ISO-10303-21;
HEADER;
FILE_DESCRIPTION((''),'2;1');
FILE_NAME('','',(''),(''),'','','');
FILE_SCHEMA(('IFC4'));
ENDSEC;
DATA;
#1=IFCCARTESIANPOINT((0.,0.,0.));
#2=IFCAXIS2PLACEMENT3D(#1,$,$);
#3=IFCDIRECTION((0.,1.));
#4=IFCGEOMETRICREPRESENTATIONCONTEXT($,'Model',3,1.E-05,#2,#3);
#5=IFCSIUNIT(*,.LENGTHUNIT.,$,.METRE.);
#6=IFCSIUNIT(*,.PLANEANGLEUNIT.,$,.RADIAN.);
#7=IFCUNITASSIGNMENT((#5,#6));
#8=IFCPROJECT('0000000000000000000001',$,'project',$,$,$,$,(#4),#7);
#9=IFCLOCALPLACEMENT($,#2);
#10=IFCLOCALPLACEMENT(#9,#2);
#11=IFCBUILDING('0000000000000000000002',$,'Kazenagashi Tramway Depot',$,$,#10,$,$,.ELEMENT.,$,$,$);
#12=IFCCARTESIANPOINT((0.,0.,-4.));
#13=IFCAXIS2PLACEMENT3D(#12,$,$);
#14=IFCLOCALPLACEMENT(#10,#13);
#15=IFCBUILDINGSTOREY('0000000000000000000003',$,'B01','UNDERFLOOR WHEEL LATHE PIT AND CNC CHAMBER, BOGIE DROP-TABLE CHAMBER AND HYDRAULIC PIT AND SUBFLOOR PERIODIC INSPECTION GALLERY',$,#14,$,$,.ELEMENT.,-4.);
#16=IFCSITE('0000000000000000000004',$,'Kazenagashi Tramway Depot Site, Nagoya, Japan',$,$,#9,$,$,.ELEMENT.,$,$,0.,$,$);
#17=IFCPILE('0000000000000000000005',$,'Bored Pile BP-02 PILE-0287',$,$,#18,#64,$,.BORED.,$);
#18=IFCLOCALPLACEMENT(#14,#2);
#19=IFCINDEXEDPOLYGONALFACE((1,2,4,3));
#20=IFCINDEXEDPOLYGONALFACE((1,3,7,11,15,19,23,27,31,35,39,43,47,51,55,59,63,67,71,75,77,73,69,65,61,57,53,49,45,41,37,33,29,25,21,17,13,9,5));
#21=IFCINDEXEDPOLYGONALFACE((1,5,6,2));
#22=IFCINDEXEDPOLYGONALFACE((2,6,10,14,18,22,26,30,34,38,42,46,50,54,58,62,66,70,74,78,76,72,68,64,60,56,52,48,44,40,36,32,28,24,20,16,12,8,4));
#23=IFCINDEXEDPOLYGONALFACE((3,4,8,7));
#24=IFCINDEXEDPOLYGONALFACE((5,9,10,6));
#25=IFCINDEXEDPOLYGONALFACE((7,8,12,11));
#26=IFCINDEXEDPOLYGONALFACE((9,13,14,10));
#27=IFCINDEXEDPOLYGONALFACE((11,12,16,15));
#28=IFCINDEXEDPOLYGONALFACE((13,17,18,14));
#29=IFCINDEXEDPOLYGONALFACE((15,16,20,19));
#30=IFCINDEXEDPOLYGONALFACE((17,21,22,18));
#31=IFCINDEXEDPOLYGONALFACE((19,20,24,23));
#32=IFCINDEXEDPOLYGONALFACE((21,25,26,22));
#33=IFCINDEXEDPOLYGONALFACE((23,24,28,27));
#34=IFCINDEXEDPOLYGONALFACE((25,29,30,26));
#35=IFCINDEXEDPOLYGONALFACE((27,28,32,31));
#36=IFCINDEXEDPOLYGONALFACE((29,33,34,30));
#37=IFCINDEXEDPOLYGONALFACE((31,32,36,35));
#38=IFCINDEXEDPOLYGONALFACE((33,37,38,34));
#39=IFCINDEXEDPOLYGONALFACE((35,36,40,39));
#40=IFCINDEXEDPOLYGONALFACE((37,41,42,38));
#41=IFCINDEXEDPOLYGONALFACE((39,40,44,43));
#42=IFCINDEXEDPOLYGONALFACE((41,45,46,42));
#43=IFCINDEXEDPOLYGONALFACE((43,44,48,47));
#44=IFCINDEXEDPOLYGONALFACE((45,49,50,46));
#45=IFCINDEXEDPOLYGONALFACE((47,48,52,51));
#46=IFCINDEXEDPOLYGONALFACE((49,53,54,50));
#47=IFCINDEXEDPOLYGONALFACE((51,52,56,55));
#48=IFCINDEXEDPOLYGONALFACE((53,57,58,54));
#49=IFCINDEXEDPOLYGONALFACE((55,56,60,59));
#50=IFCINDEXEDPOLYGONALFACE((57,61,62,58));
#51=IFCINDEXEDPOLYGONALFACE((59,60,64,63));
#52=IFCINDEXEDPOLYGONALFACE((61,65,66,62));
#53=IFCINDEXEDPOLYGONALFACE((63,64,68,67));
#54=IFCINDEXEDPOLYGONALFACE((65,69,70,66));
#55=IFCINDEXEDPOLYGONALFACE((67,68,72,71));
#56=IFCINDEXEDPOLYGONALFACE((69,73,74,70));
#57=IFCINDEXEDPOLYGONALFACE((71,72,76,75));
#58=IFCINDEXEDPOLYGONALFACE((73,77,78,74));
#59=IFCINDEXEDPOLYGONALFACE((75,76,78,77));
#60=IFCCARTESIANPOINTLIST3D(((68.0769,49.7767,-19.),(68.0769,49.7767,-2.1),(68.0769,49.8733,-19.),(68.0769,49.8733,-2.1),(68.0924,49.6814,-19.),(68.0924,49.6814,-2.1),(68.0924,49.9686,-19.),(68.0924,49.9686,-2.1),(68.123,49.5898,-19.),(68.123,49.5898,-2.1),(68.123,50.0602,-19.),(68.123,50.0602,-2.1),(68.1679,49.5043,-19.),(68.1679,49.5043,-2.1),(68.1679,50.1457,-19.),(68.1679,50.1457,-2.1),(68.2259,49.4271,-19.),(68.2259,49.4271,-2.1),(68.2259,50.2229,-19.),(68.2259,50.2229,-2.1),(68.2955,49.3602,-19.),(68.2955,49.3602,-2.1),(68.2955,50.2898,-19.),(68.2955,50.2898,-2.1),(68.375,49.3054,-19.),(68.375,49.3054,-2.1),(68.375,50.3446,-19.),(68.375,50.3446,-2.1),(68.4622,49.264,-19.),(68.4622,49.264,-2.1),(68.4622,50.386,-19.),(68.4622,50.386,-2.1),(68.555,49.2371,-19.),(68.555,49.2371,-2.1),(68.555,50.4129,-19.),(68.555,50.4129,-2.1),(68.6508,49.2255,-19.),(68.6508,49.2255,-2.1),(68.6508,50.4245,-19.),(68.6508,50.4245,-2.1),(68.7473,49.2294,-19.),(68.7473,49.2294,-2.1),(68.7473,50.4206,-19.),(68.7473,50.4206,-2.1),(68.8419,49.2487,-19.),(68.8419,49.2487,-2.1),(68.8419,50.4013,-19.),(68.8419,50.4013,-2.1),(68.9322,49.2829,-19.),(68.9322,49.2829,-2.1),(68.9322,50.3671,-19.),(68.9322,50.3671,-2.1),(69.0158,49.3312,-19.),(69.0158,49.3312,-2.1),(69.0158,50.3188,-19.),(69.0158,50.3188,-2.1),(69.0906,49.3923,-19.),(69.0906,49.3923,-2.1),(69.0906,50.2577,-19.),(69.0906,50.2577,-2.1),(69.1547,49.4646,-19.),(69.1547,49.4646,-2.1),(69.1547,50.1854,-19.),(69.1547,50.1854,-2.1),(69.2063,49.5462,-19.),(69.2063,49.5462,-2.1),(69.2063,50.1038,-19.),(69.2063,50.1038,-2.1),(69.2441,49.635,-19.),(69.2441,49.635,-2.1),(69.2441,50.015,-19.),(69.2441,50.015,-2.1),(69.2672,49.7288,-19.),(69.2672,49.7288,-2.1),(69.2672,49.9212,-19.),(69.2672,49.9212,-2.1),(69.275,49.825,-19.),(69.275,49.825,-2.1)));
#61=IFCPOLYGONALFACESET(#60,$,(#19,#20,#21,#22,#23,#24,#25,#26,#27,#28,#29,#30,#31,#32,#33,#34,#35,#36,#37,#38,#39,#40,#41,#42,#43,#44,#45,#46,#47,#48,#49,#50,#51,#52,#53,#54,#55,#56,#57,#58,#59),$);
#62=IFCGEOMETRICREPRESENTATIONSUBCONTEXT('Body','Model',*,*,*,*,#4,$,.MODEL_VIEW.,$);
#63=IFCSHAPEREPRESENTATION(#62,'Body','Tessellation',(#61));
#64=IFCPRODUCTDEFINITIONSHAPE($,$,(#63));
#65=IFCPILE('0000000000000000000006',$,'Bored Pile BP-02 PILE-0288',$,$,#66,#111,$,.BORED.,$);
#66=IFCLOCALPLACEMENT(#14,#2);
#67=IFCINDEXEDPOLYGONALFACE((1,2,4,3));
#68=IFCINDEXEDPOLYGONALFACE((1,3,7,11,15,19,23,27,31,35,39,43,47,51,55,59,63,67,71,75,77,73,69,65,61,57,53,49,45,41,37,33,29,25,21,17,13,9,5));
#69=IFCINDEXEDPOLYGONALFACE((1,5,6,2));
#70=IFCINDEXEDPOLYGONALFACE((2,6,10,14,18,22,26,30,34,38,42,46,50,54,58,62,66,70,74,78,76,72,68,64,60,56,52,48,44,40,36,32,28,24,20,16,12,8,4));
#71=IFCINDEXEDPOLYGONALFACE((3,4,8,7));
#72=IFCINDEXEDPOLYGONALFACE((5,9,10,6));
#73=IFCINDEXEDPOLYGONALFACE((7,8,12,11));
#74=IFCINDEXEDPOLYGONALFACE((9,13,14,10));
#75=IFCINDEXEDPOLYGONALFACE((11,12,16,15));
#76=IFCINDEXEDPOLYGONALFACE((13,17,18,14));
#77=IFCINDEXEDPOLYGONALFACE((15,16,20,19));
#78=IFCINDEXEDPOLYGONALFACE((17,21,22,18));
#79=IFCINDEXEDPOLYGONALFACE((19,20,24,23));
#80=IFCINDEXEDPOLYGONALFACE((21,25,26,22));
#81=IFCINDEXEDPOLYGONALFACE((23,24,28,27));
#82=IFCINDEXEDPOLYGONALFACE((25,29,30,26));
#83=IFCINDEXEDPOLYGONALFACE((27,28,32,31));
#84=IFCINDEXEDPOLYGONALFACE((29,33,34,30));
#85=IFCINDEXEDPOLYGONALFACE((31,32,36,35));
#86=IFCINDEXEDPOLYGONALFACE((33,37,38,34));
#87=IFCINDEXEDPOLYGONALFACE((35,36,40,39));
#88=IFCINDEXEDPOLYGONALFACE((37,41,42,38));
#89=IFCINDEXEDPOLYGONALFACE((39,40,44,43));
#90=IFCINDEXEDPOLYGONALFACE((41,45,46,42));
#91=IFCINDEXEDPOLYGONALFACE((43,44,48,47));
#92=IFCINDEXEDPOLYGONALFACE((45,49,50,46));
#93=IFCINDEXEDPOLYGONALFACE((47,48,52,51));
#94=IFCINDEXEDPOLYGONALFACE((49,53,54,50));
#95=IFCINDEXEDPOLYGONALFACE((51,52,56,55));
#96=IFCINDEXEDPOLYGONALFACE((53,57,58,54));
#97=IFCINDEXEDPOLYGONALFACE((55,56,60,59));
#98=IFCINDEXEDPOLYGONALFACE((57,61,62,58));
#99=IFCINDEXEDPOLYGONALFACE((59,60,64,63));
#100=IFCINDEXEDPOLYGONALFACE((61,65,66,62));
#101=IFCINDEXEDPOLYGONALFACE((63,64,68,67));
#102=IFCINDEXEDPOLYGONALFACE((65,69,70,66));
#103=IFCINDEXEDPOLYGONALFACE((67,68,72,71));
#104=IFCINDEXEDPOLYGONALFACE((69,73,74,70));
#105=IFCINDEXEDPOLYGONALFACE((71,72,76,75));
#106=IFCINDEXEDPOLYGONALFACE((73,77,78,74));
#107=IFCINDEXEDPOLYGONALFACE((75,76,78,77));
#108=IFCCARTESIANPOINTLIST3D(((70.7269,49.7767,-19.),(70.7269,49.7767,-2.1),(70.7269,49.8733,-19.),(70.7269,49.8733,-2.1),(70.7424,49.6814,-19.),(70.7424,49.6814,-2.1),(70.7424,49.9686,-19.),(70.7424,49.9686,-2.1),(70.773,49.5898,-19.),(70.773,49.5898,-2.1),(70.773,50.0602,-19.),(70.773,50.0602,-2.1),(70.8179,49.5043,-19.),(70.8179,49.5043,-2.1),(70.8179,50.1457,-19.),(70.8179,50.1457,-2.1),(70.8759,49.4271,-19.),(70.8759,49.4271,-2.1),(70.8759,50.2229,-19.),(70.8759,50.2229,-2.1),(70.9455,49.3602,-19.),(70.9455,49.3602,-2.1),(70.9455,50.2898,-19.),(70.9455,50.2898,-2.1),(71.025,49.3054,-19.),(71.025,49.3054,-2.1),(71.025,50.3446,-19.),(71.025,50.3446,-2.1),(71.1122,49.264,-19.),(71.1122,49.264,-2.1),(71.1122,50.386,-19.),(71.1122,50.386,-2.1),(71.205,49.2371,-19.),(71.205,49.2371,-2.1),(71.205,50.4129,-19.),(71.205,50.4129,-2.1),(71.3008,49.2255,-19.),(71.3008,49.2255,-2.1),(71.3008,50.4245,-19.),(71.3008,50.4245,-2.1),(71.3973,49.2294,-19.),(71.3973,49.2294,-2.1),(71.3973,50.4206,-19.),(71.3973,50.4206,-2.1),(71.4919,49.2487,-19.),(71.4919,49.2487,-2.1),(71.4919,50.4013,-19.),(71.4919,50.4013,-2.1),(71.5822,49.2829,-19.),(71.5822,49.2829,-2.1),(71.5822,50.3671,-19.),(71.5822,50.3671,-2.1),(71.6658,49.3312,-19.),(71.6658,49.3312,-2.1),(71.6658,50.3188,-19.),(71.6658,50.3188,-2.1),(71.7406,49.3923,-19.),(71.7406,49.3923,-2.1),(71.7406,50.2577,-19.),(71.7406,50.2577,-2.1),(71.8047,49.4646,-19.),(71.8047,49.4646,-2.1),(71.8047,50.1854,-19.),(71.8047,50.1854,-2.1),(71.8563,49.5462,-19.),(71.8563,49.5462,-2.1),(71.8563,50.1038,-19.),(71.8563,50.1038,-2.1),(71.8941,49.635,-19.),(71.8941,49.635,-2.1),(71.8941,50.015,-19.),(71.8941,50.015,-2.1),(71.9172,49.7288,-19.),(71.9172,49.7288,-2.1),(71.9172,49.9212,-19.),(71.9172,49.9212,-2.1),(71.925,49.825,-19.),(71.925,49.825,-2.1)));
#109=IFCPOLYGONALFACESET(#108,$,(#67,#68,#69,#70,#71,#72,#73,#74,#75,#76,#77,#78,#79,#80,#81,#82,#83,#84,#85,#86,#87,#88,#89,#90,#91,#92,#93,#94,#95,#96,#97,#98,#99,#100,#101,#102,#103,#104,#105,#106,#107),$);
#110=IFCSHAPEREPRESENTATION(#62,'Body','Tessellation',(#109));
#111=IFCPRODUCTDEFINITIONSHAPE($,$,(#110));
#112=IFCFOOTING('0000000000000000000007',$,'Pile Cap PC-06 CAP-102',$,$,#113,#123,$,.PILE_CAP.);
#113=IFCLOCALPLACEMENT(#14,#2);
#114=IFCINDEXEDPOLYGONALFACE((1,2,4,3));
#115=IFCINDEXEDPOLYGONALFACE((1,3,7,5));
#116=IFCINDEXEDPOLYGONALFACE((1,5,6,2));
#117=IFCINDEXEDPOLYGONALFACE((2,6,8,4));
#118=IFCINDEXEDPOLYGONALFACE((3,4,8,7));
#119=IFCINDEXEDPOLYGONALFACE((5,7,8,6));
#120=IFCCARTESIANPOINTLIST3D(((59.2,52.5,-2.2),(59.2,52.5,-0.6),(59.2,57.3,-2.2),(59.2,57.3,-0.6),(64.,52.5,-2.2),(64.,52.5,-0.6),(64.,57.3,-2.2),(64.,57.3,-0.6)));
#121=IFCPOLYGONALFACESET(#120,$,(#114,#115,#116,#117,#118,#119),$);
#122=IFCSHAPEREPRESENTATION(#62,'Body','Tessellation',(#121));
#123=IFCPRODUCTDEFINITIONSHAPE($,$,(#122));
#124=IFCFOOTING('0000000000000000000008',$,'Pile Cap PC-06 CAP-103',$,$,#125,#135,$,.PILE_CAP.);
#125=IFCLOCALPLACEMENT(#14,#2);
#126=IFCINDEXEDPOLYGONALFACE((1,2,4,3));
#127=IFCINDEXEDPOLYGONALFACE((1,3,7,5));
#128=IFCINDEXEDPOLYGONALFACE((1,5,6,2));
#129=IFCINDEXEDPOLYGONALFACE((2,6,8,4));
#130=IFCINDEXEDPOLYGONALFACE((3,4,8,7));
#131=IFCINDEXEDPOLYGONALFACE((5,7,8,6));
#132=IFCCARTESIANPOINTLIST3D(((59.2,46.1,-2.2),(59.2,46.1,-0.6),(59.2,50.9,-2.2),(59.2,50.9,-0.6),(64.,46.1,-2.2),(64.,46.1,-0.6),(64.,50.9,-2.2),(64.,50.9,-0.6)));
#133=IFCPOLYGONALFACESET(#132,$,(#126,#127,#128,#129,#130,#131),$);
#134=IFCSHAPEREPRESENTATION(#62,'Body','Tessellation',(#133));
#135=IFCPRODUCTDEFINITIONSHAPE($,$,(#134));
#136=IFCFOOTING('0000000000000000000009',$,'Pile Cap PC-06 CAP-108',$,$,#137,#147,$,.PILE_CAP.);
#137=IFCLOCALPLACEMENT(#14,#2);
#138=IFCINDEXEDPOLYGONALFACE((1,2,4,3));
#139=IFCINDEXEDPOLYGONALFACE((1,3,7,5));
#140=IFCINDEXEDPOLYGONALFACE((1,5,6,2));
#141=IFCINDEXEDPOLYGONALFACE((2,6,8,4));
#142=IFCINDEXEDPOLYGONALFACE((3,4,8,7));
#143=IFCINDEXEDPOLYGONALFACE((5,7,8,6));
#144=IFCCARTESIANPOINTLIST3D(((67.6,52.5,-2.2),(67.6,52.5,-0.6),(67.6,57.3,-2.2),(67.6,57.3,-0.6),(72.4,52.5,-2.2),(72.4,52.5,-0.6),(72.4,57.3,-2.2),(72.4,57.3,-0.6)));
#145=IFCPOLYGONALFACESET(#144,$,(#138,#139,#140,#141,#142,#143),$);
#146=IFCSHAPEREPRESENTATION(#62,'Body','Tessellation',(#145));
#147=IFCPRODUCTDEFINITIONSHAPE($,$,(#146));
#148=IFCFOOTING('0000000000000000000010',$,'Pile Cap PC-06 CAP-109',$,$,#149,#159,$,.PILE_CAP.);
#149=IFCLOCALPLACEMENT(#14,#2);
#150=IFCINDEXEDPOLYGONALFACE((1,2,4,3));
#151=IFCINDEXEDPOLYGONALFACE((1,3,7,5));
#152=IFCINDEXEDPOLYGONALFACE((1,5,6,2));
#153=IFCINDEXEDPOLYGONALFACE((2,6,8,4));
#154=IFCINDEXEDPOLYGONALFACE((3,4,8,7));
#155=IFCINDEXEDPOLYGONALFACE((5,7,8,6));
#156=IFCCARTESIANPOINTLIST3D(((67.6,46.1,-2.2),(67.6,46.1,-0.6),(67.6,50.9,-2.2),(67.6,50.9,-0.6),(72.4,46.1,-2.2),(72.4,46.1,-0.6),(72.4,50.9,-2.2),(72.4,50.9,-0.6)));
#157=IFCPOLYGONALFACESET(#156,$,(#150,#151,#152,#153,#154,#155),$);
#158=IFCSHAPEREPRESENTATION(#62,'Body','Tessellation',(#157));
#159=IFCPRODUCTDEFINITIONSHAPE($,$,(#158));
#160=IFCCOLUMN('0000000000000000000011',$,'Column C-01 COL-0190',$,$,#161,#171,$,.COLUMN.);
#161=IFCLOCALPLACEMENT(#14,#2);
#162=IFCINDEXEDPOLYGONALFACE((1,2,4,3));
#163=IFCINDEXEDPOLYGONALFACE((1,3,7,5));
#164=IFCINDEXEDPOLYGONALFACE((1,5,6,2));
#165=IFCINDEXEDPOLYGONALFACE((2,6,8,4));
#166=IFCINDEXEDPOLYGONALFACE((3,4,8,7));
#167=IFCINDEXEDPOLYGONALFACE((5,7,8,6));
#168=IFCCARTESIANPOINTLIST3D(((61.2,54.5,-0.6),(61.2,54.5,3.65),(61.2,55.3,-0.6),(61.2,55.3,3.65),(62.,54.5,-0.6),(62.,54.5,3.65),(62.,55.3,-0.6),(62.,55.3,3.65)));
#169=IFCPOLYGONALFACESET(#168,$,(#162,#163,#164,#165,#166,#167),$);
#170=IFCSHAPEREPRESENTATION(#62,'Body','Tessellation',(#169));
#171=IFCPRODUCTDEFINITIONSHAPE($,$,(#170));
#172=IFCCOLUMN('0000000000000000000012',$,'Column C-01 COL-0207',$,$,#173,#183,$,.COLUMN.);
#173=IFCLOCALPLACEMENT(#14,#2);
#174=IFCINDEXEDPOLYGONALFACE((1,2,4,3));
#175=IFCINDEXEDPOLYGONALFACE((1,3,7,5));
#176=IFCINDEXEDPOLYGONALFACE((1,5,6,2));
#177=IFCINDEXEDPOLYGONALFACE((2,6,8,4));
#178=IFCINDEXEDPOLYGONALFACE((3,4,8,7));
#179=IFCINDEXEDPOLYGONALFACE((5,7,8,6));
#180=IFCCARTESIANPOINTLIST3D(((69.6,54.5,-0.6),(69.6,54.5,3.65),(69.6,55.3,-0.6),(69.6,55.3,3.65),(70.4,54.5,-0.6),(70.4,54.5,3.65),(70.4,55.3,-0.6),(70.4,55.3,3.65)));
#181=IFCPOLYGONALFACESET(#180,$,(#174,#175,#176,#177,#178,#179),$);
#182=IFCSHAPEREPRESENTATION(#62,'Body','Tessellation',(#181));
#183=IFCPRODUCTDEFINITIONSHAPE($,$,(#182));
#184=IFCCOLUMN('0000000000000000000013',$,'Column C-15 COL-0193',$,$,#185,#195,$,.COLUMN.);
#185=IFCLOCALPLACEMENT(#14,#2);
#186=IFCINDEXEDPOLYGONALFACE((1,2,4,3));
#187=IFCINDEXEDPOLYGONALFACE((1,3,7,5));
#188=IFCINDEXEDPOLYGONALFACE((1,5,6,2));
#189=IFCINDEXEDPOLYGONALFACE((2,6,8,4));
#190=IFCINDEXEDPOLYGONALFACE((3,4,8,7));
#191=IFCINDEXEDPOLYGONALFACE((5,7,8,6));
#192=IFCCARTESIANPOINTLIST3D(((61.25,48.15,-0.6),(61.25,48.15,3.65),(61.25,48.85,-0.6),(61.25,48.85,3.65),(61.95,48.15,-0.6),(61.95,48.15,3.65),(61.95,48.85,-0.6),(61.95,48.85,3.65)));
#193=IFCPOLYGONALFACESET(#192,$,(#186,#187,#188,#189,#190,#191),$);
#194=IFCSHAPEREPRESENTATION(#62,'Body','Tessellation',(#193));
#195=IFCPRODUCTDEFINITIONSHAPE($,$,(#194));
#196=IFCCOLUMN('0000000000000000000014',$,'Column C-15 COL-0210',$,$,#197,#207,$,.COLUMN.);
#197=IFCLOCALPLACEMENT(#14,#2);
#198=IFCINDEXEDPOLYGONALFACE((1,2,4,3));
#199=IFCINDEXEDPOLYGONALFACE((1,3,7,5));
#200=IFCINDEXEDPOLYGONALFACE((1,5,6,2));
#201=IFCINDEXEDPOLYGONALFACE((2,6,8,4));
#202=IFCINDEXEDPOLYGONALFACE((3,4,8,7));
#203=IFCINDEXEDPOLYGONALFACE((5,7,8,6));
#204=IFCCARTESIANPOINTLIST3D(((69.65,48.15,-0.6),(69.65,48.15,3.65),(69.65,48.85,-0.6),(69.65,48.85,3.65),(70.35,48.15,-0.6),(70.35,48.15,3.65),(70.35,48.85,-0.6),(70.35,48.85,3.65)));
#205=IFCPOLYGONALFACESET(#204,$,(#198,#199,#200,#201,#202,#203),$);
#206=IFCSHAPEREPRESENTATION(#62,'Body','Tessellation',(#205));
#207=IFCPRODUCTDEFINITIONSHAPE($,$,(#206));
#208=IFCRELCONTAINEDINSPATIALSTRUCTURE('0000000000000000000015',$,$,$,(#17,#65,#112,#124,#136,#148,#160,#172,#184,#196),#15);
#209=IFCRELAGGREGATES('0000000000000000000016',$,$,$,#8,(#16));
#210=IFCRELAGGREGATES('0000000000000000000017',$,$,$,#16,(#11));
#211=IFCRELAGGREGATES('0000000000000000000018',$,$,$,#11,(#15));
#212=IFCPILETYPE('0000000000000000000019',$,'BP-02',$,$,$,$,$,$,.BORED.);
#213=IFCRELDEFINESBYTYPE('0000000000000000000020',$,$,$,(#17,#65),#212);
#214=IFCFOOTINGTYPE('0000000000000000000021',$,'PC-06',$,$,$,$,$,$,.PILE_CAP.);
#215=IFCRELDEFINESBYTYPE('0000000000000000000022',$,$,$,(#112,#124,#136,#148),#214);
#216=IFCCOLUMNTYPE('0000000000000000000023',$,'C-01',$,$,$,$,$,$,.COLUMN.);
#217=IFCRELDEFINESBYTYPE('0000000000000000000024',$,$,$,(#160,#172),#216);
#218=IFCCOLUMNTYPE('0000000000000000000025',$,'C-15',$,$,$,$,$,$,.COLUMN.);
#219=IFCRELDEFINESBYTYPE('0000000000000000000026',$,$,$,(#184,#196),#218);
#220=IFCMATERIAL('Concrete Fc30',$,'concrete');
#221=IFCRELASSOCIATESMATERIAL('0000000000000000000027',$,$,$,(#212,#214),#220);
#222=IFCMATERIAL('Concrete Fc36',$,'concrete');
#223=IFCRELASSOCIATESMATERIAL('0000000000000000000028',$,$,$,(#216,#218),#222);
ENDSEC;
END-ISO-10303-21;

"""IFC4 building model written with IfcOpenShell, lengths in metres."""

from ifc_helpers import new_model, si_unit, direction, frame, origin, origin_2d, place, context, subcontext, project, spatial, rectangle, circle, extrude, material, material_profile, profile_set, type_object, element, save


model = new_model("IFC4")

# Units and contexts
model_context = context("Model", 3, precision=1e-05, world=origin(), true_north=direction((0.0, 1.0)))
body_context = subcontext(model_context, "Body", "Model", "MODEL_VIEW")
ifc_project = project(units=[si_unit("LENGTHUNIT", "METRE"), si_unit("PLANEANGLEUNIT", "RADIAN")], contexts=[model_context])

# Site, building, storey
site_placement = place(None, origin())
site = spatial("IfcSite", under=ifc_project, at=site_placement, Name="Kazenagashi Tramway Depot Site, Nagoya, Japan", CompositionType="ELEMENT", RefElevation=0.0)
building_placement = place(site_placement, origin())
building = spatial("IfcBuilding", under=site, at=building_placement, Name="Kazenagashi Tramway Depot", CompositionType="ELEMENT")
storey_placement = place(building_placement, frame((0.0, 0.0, -4.0)))
storey = spatial("IfcBuildingStorey", under=building, at=storey_placement, Name="B01", Description="UNDERFLOOR WHEEL LATHE PIT AND CNC CHAMBER, BOGIE DROP-TABLE CHAMBER AND HYDRAULIC PIT AND SUBFLOOR PERIODIC INSPECTION GALLERY", CompositionType="ELEMENT", Elevation=-4.0)

# Piles
ifc_material_1 = material(Name="Concrete Fc30", Category="concrete")
ifc_material_profile_1 = material_profile(ifc_material_1, circle(Radius=0.6, at=origin_2d()), Name="PILE-1200")
ifc_profile_set_1 = profile_set([ifc_material_profile_1], Name="Concrete Fc30")
pile_type = type_object("IfcPileType", Name="BP-02", PredefinedType="BORED", material=ifc_profile_set_1)
for number, where, z_axis, x_axis, name in (
    (1, (68.675, 49.825, -2.1), (0.0, 0.0, -1.0), (1.0, 0.0, 0.0), "Bored Pile BP-02 PILE-0287"),
    (2, (71.325, 49.825, -2.1), (0.0, 0.0, -1.0), (1.0, 0.0, 0.0), "Bored Pile BP-02 PILE-0288"),
):
    element("IfcPile", number, at=place(storey_placement, frame(where, z_axis=z_axis, x_axis=x_axis)), inside=storey, type_object=pile_type, Name=name, PredefinedType="BORED", context=body_context, shape_type="SweptSolid", body=[
        extrude(circle(Radius=0.6, at=origin_2d()), origin(), (0.0, 0.0, 1.0), 16.9),
    ])

# Footings
footing_type = type_object("IfcFootingType", Name="PC-06", PredefinedType="PILE_CAP", material=ifc_material_1)
for number, where, z_axis, x_axis, name in (
    (3, (61.6, 54.9, -2.2), (0.0, 0.0, 1.0), (1.0, 0.0, 0.0), "Pile Cap PC-06 CAP-102"),
    (4, (61.6, 48.5, -2.2), (0.0, 0.0, 1.0), (1.0, 0.0, 0.0), "Pile Cap PC-06 CAP-103"),
    (5, (70.0, 54.9, -2.2), (0.0, 0.0, 1.0), (1.0, 0.0, 0.0), "Pile Cap PC-06 CAP-108"),
    (6, (70.0, 48.5, -2.2), (0.0, 0.0, 1.0), (1.0, 0.0, 0.0), "Pile Cap PC-06 CAP-109"),
):
    element("IfcFooting", number, at=place(storey_placement, frame(where, z_axis=z_axis, x_axis=x_axis)), inside=storey, type_object=footing_type, Name=name, PredefinedType="PILE_CAP", context=body_context, shape_type="SweptSolid", body=[
        extrude(rectangle(XDim=4.8, YDim=4.8, at=origin_2d()), origin(), (0.0, 0.0, 1.0), 1.6),
    ])

# Columns
ifc_material_2 = material(Name="Concrete Fc36", Category="concrete")
ifc_material_profile_2 = material_profile(ifc_material_2, rectangle(XDim=0.8, YDim=0.8, at=origin_2d()), Name="RC-800x800")
ifc_profile_set_2 = profile_set([ifc_material_profile_2], Name="Concrete Fc36")
column_type_1 = type_object("IfcColumnType", Name="C-01", PredefinedType="COLUMN", material=ifc_profile_set_2)
for number, where, z_axis, x_axis, name in (
    (7, (61.6, 54.9, -0.6), (0.0, 0.0, 1.0), (1.0, 0.0, 0.0), "Column C-01 COL-0190"),
    (8, (70.0, 54.9, -0.6), (0.0, 0.0, 1.0), (1.0, 0.0, 0.0), "Column C-01 COL-0207"),
):
    element("IfcColumn", number, at=place(storey_placement, frame(where, z_axis=z_axis, x_axis=x_axis)), inside=storey, type_object=column_type_1, Name=name, PredefinedType="COLUMN", context=body_context, shape_type="SweptSolid", body=[
        extrude(rectangle(XDim=0.8, YDim=0.8, at=origin_2d()), origin(), (0.0, 0.0, 1.0), 4.25),
    ])
ifc_material_profile_3 = material_profile(ifc_material_2, rectangle(XDim=0.7, YDim=0.7, at=origin_2d()), Name="RC-700x700")
ifc_profile_set_3 = profile_set([ifc_material_profile_3], Name="Concrete Fc36")
column_type_2 = type_object("IfcColumnType", Name="C-15", PredefinedType="COLUMN", material=ifc_profile_set_3)
for number, where, z_axis, x_axis, name in (
    (9, (61.6, 48.5, -0.6), (0.0, 0.0, 1.0), (1.0, 0.0, 0.0), "Column C-15 COL-0193"),
    (10, (70.0, 48.5, -0.6), (0.0, 0.0, 1.0), (1.0, 0.0, 0.0), "Column C-15 COL-0210"),
):
    element("IfcColumn", number, at=place(storey_placement, frame(where, z_axis=z_axis, x_axis=x_axis)), inside=storey, type_object=column_type_2, Name=name, PredefinedType="COLUMN", context=body_context, shape_type="SweptSolid", body=[
        extrude(rectangle(XDim=0.7, YDim=0.7, at=origin_2d()), origin(), (0.0, 0.0, 1.0), 4.25),
    ])

save(model, "model.ifc")
